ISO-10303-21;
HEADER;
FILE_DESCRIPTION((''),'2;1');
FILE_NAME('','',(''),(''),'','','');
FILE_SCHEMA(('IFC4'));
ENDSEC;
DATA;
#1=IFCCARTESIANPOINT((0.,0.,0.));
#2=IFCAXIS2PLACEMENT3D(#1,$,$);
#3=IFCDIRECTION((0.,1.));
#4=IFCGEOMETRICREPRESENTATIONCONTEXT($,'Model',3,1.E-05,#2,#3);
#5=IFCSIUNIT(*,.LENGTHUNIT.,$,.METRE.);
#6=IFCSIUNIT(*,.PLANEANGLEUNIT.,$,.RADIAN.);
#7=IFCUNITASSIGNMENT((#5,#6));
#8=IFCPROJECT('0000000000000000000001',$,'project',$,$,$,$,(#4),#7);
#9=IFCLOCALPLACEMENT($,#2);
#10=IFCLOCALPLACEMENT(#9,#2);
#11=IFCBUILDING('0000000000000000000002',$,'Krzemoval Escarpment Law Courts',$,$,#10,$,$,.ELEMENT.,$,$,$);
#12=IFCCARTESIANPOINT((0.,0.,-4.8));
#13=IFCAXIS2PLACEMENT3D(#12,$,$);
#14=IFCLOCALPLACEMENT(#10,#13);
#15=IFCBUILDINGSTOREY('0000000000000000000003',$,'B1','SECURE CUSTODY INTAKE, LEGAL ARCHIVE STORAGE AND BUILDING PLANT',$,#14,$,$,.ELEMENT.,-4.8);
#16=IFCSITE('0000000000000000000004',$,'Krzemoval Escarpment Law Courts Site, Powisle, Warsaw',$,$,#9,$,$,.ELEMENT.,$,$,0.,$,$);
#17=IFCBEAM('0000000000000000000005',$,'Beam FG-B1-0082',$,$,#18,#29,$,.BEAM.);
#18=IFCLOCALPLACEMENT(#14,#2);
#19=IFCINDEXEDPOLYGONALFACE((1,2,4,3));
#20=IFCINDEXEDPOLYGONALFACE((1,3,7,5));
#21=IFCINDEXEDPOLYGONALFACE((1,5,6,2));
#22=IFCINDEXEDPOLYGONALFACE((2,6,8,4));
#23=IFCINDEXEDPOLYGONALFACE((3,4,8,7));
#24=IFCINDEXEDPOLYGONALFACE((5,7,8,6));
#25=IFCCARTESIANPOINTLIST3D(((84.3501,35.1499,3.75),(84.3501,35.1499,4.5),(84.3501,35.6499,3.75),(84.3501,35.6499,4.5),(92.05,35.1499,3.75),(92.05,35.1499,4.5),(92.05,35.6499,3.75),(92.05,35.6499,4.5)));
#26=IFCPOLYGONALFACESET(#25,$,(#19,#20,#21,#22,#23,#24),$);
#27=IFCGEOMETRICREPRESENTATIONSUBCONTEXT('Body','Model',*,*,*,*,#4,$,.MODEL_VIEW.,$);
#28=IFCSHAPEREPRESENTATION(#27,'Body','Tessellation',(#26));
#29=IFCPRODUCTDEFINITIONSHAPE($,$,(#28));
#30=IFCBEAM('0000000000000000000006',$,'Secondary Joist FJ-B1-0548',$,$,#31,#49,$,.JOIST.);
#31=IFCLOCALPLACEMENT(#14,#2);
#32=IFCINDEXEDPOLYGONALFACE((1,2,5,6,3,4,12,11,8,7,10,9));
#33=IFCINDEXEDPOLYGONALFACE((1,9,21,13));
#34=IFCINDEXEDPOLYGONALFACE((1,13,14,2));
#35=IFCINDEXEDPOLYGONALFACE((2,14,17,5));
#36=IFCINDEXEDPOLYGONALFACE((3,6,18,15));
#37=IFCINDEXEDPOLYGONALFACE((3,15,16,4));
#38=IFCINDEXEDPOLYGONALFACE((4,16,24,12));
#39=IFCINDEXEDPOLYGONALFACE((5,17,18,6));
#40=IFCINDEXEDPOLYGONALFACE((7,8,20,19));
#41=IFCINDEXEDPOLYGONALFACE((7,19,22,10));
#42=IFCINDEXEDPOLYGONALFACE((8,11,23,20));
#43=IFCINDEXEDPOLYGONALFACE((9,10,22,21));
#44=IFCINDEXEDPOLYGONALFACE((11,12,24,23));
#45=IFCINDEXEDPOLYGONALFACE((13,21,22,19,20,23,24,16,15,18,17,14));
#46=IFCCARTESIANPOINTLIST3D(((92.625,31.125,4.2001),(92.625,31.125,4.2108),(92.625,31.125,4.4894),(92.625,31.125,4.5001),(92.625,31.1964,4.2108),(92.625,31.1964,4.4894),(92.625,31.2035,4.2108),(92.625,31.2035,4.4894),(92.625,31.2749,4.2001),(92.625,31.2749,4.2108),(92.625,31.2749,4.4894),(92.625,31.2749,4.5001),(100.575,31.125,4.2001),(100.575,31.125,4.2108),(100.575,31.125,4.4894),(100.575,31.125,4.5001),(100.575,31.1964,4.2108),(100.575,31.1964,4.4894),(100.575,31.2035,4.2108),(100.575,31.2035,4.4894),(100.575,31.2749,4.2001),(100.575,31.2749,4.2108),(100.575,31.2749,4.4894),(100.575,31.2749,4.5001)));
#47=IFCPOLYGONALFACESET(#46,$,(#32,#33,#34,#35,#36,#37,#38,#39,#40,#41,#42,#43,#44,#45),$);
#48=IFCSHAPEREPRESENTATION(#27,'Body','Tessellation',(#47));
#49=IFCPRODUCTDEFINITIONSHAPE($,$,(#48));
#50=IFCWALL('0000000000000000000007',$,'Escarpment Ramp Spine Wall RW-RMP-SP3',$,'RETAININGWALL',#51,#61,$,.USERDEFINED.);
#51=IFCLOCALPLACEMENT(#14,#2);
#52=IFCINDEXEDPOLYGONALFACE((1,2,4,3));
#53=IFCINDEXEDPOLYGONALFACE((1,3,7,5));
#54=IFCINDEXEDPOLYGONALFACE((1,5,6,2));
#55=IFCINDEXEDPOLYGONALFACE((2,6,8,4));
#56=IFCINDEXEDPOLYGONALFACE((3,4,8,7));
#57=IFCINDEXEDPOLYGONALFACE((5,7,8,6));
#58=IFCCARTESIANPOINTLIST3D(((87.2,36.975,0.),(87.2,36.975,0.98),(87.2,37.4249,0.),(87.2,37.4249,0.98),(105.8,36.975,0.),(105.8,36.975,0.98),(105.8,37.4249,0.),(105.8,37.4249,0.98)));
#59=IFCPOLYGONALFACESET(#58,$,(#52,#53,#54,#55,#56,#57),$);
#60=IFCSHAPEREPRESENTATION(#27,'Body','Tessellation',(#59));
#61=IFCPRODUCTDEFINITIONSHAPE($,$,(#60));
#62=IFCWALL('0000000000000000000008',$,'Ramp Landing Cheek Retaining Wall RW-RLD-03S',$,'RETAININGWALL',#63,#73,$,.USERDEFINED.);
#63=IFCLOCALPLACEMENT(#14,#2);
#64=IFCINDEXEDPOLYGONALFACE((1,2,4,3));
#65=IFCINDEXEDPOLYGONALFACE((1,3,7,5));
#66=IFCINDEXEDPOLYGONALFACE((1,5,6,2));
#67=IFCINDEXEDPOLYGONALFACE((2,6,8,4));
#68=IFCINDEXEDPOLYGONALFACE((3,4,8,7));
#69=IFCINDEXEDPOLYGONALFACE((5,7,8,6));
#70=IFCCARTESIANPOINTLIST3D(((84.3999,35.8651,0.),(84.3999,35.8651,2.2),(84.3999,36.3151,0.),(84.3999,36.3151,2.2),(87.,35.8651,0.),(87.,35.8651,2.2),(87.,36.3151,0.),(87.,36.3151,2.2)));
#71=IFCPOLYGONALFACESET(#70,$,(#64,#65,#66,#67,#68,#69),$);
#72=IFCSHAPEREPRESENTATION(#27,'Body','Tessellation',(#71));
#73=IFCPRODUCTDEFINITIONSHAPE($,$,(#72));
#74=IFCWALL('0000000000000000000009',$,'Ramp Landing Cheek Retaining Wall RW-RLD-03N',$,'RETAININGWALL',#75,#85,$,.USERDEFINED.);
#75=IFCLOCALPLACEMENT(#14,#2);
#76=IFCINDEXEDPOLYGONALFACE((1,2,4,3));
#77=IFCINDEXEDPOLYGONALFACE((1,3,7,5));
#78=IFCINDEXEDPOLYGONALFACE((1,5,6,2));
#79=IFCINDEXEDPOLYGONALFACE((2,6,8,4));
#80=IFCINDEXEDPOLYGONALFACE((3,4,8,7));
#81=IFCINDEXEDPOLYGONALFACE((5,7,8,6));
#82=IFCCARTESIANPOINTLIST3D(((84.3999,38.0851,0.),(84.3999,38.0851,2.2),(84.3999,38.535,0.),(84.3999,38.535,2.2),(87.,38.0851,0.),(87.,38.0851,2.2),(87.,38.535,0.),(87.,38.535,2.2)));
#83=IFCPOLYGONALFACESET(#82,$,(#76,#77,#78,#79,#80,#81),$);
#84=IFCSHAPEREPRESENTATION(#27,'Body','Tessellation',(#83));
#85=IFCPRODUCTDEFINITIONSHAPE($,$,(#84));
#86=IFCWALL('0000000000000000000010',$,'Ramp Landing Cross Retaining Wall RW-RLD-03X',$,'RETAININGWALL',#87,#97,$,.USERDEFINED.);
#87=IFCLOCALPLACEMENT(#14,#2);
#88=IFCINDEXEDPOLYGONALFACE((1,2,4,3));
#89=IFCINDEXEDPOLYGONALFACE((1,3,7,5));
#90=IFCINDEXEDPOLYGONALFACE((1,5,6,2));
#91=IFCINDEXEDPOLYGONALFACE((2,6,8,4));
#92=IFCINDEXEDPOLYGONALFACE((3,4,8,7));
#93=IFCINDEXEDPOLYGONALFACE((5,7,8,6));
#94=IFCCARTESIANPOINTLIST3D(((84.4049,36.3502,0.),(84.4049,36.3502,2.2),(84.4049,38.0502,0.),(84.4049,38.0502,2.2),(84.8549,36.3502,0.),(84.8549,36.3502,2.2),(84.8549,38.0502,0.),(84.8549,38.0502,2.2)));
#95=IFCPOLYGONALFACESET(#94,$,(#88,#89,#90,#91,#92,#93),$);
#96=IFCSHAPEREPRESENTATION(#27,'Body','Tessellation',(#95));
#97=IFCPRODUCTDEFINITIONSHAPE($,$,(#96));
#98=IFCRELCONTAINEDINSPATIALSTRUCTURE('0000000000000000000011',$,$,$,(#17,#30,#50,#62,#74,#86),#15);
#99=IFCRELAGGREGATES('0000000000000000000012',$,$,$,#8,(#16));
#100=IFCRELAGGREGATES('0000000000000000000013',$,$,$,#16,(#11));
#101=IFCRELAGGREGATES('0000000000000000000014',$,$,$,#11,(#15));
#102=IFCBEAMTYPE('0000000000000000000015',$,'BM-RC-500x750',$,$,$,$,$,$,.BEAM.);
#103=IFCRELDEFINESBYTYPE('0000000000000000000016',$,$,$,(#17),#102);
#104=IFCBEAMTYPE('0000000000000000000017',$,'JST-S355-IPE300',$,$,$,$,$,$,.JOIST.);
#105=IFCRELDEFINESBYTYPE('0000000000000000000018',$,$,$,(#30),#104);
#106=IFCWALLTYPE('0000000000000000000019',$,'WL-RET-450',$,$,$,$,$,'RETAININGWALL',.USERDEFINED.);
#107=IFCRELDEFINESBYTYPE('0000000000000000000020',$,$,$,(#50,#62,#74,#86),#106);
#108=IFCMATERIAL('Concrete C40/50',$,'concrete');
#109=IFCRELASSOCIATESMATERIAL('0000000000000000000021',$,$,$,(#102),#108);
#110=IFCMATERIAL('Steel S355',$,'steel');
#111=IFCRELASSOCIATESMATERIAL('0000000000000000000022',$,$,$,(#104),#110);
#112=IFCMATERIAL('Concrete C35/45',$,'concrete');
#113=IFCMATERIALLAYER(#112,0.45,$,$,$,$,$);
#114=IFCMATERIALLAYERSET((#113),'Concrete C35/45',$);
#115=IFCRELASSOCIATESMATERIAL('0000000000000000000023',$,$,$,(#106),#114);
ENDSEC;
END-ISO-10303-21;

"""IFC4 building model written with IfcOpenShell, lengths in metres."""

from ifc_helpers import new_model, si_unit, direction, frame, frame_2d, origin, origin_2d, place, context, subcontext, project, spatial, rectangle, i_section, extrude, material, layer, layer_set, material_profile, profile_set, type_object, element, save


model = new_model("IFC4")

# Units and contexts
model_context = context("Model", 3, precision=1e-05, world=origin(), true_north=direction((0.0, 1.0)))
body_context = subcontext(model_context, "Body", "Model", "MODEL_VIEW")
ifc_project = project(units=[si_unit("LENGTHUNIT", "METRE"), si_unit("PLANEANGLEUNIT", "RADIAN")], contexts=[model_context])

# Site, building, storey
site_placement = place(None, origin())
site = spatial("IfcSite", under=ifc_project, at=site_placement, Name="Krzemoval Escarpment Law Courts Site, Powisle, Warsaw", CompositionType="ELEMENT", RefElevation=0.0)
building_placement = place(site_placement, origin())
building = spatial("IfcBuilding", under=site, at=building_placement, Name="Krzemoval Escarpment Law Courts", CompositionType="ELEMENT")
storey_placement = place(building_placement, frame((0.0, 0.0, -4.8)))
storey = spatial("IfcBuildingStorey", under=building, at=storey_placement, Name="B1", Description="SECURE CUSTODY INTAKE, LEGAL ARCHIVE STORAGE AND BUILDING PLANT", CompositionType="ELEMENT", Elevation=-4.8)

# Beams
ifc_material_1 = material(Name="Concrete C40/50", Category="concrete")
ifc_material_profile_1 = material_profile(ifc_material_1, rectangle(XDim=0.5, YDim=0.75, at=origin_2d()), Name="RCB 500x750")
ifc_profile_set_1 = profile_set([ifc_material_profile_1], Name="Concrete C40/50")
beam_type_1 = type_object("IfcBeamType", Name="BM-RC-500x750", PredefinedType="BEAM", material=ifc_profile_set_1)
beam_1_placement = place(storey_placement, frame((84.3501, 35.3999, 4.125), z_axis=(1.0, 0.0, 0.0), x_axis=(0.0, 1.0, 0.0)))
element("IfcBeam", 1, at=beam_1_placement, inside=storey, type_object=beam_type_1, Name="Beam FG-B1-0082", PredefinedType="BEAM", context=body_context, shape_type="SweptSolid", body=[
    extrude(rectangle(XDim=0.5, YDim=0.75, at=origin_2d()), origin(), (0.0, 0.0, 1.0), 7.7),
])
ifc_material_2 = material(Name="Steel S355", Category="steel")
ifc_material_profile_2 = material_profile(ifc_material_2, i_section(OverallWidth=0.1499, OverallDepth=0.3, WebThickness=0.0071, FlangeThickness=0.0107, at=origin_2d()), Name="IPE 300")
ifc_profile_set_2 = profile_set([ifc_material_profile_2], Name="Steel S355")
beam_type_2 = type_object("IfcBeamType", Name="JST-S355-IPE300", PredefinedType="JOIST", material=ifc_profile_set_2)
beam_2_placement = place(storey_placement, frame((92.625, 31.2, 4.3501), z_axis=(1.0, 0.0, 0.0), x_axis=(0.0, 1.0, 0.0)))
element("IfcBeam", 2, at=beam_2_placement, inside=storey, type_object=beam_type_2, Name="Secondary Joist FJ-B1-0548", PredefinedType="JOIST", context=body_context, shape_type="SweptSolid", body=[
    extrude(i_section(OverallWidth=0.1499, OverallDepth=0.3, WebThickness=0.0071, FlangeThickness=0.0107, at=origin_2d()), origin(), (0.0, 0.0, 1.0), 7.95),
])

# Walls
ifc_material_3 = material(Name="Concrete C35/45", Category="concrete")
ifc_layer = layer(ifc_material_3, 0.45)
ifc_layer_set = layer_set([ifc_layer], Name="Concrete C35/45")
wall_type = type_object("IfcWallType", Name="WL-RET-450", ElementType="RETAININGWALL", PredefinedType="USERDEFINED", material=ifc_layer_set)
wall_1_placement = place(storey_placement, frame((87.2, 37.2, 0.0), z_axis=(0.0, 0.0, 1.0), x_axis=(1.0, 0.0, 0.0)))
element("IfcWall", 3, at=wall_1_placement, inside=storey, type_object=wall_type, Name="Escarpment Ramp Spine Wall RW-RMP-SP3", ObjectType="RETAININGWALL", PredefinedType="USERDEFINED", context=body_context, shape_type="SweptSolid", body=[
    extrude(rectangle(XDim=18.6001, YDim=0.45, at=frame_2d((9.3, 0.0))), origin(), (0.0, 0.0, 1.0), 0.98),
])
for number, where, z_axis, x_axis, name in (
    (4, (84.3999, 36.0901, 0.0), (0.0, 0.0, 1.0), (1.0, 0.0, 0.0), "Ramp Landing Cheek Retaining Wall RW-RLD-03S"),
    (5, (84.3999, 38.3101, 0.0), (0.0, 0.0, 1.0), (1.0, 0.0, 0.0), "Ramp Landing Cheek Retaining Wall RW-RLD-03N"),
):
    element("IfcWall", number, at=place(storey_placement, frame(where, z_axis=z_axis, x_axis=x_axis)), inside=storey, type_object=wall_type, Name=name, ObjectType="RETAININGWALL", PredefinedType="USERDEFINED", context=body_context, shape_type="SweptSolid", body=[
        extrude(rectangle(XDim=2.6001, YDim=0.45, at=frame_2d((1.3, 0.0))), origin(), (0.0, 0.0, 1.0), 2.2),
    ])
wall_2_placement = place(storey_placement, frame((84.6299, 36.3501, 0.0), z_axis=(0.0, 0.0, 1.0), x_axis=(0.0, 1.0, 0.0)))
element("IfcWall", 6, at=wall_2_placement, inside=storey, type_object=wall_type, Name="Ramp Landing Cross Retaining Wall RW-RLD-03X", ObjectType="RETAININGWALL", PredefinedType="USERDEFINED", context=body_context, shape_type="SweptSolid", body=[
    extrude(rectangle(XDim=1.7, YDim=0.45, at=frame_2d((0.8501, 0.0))), origin(), (0.0, 0.0, 1.0), 2.2),
])

save(model, "model.ifc")
